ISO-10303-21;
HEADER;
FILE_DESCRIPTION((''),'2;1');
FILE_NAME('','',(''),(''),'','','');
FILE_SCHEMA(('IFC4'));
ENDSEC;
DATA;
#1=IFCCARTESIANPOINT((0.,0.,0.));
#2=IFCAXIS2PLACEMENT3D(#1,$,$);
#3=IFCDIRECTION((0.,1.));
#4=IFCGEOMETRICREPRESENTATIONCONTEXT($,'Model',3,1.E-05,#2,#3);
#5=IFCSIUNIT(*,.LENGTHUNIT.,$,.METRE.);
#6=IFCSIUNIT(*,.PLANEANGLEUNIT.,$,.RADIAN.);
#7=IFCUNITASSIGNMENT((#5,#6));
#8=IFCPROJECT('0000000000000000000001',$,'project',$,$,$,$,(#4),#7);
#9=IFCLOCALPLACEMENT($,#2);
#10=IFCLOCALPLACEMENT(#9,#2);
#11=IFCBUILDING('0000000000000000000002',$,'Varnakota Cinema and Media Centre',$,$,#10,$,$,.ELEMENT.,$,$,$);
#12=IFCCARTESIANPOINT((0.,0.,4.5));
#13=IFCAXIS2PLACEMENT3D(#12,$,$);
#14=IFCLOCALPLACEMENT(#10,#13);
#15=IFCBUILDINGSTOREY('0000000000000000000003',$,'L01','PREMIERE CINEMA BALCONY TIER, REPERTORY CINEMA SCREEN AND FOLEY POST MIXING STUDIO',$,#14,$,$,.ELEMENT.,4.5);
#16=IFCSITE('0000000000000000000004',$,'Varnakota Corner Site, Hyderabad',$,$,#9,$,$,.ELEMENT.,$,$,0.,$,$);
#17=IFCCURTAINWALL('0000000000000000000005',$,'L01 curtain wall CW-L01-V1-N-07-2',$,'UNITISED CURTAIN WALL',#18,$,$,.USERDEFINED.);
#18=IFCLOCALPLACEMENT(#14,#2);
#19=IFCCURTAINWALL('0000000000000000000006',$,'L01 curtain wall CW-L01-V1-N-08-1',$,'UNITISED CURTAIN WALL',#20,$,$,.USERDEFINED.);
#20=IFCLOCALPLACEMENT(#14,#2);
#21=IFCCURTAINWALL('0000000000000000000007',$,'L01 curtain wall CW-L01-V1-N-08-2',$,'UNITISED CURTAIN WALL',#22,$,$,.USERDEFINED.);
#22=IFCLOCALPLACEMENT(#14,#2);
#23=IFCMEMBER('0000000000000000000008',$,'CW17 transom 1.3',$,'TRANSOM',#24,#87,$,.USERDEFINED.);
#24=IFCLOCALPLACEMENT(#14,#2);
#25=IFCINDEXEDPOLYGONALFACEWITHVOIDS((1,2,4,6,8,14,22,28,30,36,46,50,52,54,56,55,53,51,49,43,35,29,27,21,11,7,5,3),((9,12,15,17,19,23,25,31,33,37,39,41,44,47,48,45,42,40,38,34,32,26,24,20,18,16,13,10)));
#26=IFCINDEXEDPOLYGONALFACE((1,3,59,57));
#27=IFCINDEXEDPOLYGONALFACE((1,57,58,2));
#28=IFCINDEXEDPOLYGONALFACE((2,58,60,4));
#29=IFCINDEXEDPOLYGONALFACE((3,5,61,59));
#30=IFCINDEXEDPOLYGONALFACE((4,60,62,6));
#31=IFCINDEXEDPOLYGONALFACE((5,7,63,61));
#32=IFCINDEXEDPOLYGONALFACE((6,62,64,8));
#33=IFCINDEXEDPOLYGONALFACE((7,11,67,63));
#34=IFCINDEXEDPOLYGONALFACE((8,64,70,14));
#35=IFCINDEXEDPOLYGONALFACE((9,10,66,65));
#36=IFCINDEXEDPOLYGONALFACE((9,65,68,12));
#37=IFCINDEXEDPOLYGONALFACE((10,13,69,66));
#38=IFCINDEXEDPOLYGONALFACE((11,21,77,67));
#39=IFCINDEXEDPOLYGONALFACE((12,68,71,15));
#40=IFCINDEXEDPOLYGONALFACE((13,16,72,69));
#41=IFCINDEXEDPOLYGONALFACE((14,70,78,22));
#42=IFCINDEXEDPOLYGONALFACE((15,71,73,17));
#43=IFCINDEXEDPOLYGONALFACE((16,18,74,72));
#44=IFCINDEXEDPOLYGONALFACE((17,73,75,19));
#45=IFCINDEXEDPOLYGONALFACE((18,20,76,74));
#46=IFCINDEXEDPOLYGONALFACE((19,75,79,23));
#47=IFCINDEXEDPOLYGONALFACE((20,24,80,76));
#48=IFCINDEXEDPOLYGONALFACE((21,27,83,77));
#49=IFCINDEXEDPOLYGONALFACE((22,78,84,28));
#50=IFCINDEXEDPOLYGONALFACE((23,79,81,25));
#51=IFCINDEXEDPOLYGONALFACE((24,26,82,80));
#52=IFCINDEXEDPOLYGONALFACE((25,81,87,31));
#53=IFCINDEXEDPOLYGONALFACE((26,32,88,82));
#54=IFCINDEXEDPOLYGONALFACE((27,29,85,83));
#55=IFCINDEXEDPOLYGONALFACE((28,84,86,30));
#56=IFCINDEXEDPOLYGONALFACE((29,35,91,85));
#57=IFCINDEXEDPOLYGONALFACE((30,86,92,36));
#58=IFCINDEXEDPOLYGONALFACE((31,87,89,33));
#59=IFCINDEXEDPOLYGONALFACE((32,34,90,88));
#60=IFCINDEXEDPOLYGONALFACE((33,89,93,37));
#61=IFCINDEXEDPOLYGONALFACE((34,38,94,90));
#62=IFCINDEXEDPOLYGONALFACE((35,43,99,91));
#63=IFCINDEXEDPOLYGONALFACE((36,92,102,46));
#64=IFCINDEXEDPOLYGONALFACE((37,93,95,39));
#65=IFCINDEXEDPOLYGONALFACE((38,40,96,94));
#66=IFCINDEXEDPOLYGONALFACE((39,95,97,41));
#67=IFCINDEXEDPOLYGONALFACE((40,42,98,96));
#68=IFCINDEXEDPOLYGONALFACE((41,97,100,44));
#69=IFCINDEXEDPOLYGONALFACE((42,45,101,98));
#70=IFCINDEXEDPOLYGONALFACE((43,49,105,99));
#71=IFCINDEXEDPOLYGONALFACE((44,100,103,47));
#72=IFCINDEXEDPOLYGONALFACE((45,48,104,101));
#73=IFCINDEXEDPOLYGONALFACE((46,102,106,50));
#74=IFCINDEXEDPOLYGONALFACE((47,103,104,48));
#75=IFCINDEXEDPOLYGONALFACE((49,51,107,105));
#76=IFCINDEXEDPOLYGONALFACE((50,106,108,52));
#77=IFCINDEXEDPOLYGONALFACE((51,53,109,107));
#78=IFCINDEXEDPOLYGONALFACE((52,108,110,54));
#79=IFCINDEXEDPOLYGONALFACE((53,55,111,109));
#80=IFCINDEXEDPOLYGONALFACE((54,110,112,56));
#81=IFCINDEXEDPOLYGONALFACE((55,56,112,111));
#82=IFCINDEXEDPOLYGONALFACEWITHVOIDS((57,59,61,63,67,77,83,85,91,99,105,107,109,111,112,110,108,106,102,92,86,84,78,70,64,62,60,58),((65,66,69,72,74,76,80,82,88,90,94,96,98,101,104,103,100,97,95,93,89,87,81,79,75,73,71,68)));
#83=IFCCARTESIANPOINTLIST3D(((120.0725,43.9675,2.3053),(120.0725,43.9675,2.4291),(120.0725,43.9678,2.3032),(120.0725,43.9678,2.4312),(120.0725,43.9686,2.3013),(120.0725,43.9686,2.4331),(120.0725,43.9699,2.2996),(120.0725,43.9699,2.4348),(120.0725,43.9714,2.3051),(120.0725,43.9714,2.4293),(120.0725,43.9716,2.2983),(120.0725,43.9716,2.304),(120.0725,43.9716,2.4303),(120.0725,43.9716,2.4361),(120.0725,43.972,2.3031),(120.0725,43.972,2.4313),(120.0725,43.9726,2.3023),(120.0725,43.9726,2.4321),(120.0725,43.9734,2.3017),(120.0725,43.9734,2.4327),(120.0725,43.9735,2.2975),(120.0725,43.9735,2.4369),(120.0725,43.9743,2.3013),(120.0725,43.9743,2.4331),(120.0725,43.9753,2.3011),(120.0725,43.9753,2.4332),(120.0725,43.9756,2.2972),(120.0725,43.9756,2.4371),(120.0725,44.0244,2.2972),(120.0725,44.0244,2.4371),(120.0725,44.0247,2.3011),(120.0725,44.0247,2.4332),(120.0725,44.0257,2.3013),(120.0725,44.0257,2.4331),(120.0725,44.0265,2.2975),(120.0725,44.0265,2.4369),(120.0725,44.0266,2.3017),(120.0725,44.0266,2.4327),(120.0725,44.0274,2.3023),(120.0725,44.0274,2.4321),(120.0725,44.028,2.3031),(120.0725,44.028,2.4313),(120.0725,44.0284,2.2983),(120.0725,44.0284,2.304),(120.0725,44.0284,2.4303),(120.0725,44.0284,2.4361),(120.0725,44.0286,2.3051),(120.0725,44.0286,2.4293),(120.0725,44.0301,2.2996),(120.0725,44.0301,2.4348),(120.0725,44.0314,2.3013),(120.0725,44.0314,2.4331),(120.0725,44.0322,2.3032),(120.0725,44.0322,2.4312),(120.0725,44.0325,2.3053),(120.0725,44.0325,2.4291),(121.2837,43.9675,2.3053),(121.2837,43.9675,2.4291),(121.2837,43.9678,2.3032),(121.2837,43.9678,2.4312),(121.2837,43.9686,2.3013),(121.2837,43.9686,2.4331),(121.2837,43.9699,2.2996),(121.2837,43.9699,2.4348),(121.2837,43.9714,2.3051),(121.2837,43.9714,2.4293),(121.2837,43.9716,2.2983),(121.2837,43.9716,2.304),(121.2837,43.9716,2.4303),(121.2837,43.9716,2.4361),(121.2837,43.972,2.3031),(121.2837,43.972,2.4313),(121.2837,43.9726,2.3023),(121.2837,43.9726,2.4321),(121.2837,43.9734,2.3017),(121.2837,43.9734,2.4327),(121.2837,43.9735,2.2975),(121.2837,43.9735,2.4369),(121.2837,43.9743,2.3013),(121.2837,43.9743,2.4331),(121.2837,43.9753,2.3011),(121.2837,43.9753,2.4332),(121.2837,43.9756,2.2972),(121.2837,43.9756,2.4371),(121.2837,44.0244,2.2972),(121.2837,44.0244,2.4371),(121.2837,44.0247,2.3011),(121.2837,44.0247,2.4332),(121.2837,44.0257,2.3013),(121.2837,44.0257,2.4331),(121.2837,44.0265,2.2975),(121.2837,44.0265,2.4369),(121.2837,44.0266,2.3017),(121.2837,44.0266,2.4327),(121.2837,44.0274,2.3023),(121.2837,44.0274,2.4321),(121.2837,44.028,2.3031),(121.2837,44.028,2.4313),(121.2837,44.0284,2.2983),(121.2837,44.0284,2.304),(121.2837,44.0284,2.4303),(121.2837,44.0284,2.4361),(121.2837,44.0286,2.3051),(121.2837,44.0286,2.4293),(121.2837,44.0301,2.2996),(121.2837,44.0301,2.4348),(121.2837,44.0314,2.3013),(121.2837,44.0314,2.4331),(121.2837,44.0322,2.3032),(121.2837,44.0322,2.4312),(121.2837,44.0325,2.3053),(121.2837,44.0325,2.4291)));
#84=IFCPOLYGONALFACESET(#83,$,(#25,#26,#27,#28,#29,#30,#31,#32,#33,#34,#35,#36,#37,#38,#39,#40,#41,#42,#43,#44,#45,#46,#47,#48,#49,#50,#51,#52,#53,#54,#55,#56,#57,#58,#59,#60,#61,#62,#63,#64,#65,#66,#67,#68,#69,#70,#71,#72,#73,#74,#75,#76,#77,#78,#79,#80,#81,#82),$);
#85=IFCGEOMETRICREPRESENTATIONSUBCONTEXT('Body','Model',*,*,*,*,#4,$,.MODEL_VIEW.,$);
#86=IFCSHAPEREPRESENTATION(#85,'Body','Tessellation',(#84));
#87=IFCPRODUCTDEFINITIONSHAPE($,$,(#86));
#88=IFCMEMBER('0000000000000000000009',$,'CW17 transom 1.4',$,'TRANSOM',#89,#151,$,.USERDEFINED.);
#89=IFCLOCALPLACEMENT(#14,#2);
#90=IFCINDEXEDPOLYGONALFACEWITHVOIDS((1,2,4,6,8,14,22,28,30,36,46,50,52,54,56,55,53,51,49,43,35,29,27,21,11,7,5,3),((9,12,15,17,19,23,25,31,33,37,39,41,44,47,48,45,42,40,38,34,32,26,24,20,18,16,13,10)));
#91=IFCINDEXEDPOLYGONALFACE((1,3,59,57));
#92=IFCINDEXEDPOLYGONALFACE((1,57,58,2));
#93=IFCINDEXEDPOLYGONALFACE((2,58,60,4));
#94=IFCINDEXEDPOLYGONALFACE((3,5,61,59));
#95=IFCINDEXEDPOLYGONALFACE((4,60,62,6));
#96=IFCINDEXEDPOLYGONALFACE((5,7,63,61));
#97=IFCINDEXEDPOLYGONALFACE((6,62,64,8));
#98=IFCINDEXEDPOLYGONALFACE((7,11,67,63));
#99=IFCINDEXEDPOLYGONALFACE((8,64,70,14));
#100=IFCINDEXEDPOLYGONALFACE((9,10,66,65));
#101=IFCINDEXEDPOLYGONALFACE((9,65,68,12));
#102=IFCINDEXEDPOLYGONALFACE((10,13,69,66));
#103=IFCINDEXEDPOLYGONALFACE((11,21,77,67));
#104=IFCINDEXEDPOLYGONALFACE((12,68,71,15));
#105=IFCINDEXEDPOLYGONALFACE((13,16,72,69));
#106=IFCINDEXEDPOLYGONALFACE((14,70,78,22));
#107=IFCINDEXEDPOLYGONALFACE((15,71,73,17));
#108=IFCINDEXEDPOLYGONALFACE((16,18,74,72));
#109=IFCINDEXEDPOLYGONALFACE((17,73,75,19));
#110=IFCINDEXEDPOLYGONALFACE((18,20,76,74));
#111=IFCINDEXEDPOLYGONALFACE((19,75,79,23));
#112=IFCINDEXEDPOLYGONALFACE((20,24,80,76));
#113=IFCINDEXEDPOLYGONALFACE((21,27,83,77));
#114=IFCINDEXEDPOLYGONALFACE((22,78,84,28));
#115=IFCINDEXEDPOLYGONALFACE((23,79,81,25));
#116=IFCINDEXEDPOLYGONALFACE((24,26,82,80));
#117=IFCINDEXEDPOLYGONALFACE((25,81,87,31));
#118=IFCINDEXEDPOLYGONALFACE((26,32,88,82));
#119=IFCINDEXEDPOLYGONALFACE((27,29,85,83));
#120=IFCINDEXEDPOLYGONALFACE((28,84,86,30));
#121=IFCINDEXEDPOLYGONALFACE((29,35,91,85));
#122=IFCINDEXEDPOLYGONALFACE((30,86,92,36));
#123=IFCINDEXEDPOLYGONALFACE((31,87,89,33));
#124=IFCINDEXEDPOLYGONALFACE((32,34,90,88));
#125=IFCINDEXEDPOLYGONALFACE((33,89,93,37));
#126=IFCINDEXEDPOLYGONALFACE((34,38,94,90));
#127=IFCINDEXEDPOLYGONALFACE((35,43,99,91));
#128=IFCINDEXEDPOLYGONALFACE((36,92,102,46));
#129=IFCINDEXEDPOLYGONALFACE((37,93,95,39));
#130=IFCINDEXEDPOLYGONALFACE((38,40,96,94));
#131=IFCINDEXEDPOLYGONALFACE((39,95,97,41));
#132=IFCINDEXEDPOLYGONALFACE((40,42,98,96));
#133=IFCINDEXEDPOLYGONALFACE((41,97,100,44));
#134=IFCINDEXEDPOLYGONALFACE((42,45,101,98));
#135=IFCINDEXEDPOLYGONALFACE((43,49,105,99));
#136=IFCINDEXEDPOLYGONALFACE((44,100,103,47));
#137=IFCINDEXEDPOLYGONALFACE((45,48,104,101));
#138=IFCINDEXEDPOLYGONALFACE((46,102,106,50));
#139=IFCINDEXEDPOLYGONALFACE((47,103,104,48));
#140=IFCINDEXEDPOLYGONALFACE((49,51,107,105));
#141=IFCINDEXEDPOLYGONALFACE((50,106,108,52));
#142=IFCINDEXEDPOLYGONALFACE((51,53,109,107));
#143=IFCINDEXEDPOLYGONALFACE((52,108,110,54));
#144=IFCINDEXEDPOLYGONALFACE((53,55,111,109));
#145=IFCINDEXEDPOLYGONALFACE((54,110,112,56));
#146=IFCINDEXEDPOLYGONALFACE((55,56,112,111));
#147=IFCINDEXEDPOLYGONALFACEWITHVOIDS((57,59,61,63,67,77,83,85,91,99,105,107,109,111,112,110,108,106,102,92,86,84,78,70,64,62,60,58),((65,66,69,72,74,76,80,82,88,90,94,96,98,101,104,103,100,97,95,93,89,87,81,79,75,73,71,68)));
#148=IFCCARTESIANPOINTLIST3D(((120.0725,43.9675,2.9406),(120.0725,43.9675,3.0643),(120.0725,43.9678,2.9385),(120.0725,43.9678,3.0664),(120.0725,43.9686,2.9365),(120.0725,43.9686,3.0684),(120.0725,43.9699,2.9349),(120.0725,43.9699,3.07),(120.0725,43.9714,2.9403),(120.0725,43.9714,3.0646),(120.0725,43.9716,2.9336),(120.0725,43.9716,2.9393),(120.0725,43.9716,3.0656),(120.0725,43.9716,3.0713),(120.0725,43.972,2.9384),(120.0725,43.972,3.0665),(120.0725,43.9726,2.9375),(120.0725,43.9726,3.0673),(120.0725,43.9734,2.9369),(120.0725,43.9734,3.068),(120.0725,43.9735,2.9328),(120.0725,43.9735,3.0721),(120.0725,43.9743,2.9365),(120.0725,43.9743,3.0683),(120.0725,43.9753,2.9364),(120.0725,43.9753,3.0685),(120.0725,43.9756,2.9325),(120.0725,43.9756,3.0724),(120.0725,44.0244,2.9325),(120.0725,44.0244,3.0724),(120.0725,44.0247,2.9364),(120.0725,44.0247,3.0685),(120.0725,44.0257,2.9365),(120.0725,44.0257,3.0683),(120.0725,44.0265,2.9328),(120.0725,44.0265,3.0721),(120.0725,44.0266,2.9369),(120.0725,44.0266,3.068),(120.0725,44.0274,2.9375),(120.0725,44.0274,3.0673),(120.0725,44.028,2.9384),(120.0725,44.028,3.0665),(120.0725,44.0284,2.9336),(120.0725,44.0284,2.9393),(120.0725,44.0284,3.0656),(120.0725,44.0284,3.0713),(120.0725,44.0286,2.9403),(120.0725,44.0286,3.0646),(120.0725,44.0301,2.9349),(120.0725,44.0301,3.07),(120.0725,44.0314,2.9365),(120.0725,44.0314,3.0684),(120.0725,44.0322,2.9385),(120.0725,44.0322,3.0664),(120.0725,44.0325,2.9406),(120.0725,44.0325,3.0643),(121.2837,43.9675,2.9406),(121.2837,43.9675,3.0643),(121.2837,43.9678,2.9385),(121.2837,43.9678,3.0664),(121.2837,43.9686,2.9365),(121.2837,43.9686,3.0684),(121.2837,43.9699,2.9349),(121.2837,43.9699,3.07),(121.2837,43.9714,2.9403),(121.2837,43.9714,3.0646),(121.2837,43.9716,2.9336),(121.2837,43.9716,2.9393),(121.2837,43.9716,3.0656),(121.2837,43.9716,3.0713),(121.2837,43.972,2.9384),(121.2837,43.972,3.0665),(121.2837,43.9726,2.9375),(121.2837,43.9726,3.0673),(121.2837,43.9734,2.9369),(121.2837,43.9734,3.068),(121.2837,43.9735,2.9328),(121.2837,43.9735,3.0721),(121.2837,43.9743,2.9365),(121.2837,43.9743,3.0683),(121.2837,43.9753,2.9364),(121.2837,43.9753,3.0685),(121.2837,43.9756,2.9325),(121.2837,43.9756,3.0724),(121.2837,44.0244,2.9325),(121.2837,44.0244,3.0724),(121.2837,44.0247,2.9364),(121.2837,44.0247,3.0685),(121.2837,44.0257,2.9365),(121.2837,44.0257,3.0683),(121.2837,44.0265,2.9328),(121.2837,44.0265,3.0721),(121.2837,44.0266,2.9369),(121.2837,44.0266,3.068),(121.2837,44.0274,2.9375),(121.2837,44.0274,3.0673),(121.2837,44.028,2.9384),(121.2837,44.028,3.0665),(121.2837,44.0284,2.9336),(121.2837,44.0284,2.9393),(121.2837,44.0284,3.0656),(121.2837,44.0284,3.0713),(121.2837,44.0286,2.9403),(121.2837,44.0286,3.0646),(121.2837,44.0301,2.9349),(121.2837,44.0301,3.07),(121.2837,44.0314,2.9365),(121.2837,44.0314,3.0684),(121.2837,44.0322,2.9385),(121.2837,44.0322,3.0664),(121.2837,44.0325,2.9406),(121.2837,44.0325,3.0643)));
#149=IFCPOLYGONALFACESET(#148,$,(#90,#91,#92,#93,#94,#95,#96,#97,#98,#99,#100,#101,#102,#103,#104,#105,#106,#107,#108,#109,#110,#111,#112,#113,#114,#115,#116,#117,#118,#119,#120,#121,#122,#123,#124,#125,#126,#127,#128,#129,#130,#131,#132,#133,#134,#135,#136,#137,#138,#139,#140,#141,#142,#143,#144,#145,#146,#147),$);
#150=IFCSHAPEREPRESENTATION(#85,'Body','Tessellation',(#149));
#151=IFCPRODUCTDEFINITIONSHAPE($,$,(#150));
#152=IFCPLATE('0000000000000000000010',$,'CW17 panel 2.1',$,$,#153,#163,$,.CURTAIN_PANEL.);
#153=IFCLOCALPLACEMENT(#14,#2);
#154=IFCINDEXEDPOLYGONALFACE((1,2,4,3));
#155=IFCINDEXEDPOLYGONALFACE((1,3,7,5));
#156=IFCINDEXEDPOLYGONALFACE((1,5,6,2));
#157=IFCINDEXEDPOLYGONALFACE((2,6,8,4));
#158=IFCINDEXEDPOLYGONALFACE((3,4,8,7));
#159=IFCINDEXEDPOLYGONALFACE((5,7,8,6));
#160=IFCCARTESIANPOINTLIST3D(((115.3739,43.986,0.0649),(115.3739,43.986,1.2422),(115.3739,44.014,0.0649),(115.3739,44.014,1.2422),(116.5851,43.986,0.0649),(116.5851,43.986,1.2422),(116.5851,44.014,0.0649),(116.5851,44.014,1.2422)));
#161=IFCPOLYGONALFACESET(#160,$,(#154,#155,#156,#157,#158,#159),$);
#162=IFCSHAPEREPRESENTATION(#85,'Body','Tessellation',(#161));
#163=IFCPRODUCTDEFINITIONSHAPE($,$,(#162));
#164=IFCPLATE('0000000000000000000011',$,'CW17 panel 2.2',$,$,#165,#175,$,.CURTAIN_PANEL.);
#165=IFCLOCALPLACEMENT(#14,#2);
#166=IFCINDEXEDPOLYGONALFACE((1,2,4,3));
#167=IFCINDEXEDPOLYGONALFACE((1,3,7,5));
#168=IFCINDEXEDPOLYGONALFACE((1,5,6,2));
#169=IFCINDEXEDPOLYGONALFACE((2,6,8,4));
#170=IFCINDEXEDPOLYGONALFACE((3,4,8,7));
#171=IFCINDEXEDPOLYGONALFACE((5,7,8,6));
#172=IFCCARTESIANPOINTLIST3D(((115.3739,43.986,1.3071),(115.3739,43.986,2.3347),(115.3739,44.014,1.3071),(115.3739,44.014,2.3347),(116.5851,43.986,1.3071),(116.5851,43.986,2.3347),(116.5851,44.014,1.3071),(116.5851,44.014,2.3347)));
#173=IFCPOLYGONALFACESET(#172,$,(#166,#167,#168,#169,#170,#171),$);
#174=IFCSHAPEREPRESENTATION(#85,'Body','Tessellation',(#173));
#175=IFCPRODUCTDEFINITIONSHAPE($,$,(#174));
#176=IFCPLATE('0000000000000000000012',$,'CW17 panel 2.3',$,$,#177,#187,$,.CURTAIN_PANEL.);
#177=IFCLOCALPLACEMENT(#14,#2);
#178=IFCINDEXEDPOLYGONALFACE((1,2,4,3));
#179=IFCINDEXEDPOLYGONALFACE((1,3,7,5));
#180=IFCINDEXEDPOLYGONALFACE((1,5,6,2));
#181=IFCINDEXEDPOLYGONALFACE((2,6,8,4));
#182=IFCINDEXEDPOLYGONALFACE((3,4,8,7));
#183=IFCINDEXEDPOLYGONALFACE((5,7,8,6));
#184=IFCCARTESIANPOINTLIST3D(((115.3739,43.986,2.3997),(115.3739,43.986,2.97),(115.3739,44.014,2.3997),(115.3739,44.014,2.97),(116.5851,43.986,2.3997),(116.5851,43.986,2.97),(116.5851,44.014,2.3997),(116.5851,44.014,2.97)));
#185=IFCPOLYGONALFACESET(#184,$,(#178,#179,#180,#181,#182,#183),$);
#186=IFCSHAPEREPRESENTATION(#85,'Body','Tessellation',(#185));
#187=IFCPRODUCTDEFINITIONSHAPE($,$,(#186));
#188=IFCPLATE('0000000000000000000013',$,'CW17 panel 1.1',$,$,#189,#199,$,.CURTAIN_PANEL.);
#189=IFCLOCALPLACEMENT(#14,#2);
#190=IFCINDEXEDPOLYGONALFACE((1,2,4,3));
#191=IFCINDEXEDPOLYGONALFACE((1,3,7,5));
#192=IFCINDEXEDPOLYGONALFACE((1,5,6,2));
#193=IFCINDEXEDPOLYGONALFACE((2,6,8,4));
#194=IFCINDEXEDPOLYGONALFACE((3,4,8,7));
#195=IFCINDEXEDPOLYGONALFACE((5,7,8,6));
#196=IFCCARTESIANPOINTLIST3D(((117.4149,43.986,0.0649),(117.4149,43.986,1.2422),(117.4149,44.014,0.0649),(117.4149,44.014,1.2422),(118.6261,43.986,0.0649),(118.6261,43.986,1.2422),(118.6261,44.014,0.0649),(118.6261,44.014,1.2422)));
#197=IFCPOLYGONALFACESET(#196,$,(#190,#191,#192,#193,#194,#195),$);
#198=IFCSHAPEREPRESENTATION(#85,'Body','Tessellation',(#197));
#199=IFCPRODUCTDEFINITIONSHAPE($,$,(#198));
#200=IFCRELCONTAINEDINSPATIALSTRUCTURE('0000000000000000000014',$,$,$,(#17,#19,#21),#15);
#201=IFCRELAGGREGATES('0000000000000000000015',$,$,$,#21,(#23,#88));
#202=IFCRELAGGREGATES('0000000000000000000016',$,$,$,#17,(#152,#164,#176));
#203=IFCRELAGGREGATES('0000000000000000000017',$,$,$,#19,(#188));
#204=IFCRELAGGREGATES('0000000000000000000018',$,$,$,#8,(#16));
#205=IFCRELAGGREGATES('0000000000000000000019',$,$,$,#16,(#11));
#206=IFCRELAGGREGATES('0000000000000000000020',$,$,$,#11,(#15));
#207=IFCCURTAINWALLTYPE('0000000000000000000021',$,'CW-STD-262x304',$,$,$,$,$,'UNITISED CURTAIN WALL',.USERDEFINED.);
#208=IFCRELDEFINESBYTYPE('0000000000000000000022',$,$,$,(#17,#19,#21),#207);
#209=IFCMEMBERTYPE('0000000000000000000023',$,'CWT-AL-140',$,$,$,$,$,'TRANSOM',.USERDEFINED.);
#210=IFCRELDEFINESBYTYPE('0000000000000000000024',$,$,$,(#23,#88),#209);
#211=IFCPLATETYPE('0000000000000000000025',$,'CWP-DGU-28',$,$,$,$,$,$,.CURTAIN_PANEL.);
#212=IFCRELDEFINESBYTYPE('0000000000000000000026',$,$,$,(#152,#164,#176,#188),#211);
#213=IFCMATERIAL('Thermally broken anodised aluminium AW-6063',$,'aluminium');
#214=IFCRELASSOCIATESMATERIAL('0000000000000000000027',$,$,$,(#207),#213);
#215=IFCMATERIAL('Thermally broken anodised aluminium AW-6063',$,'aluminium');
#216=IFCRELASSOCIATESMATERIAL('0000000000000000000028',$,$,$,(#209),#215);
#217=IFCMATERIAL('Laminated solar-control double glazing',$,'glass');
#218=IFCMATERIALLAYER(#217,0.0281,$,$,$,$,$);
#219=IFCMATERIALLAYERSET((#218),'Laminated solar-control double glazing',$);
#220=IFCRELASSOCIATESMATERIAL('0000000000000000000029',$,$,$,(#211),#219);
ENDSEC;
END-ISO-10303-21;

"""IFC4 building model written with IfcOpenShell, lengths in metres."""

from ifc_helpers import new_model, si_unit, direction, frame, origin, origin_2d, place, context, subcontext, project, spatial, rectangle, hollow_rectangle, extrude, material, layer, layer_set, material_profile, profile_set, type_object, element, aggregate, save


model = new_model("IFC4")

# Units and contexts
model_context = context("Model", 3, precision=1e-05, world=origin(), true_north=direction((0.0, 1.0)))
body_context = subcontext(model_context, "Body", "Model", "MODEL_VIEW")
ifc_project = project(units=[si_unit("LENGTHUNIT", "METRE"), si_unit("PLANEANGLEUNIT", "RADIAN")], contexts=[model_context])

# Site, building, storey
site_placement = place(None, origin())
site = spatial("IfcSite", under=ifc_project, at=site_placement, Name="Varnakota Corner Site, Hyderabad", CompositionType="ELEMENT", RefElevation=0.0)
building_placement = place(site_placement, origin())
building = spatial("IfcBuilding", under=site, at=building_placement, Name="Varnakota Cinema and Media Centre", CompositionType="ELEMENT")
storey_placement = place(building_placement, frame((0.0, 0.0, 4.5)))
storey = spatial("IfcBuildingStorey", under=building, at=storey_placement, Name="L01", Description="PREMIERE CINEMA BALCONY TIER, REPERTORY CINEMA SCREEN AND FOLEY POST MIXING STUDIO", CompositionType="ELEMENT", Elevation=4.5)

# Curtain wall
ifc_material_1 = material(Name="Thermally broken anodised aluminium AW-6063", Category="aluminium")
curtain_wall_type = type_object("IfcCurtainWallType", Name="CW-STD-262x304", ElementType="UNITISED CURTAIN WALL", PredefinedType="USERDEFINED", material=ifc_material_1)
curtain_wall_1_placement = place(storey_placement, origin())
curtain_wall_1 = element("IfcCurtainWall", 1, at=curtain_wall_1_placement, inside=storey, type_object=curtain_wall_type, Name="L01 curtain wall CW-L01-V1-N-07-2", ObjectType="UNITISED CURTAIN WALL", PredefinedType="USERDEFINED")

# Curtain wall
curtain_wall_2_placement = place(storey_placement, origin())
curtain_wall_2 = element("IfcCurtainWall", 2, at=curtain_wall_2_placement, inside=storey, type_object=curtain_wall_type, Name="L01 curtain wall CW-L01-V1-N-08-1", ObjectType="UNITISED CURTAIN WALL", PredefinedType="USERDEFINED")

# Curtain wall
curtain_wall_3_placement = place(storey_placement, origin())
curtain_wall_3 = element("IfcCurtainWall", 3, at=curtain_wall_3_placement, inside=storey, type_object=curtain_wall_type, Name="L01 curtain wall CW-L01-V1-N-08-2", ObjectType="UNITISED CURTAIN WALL", PredefinedType="USERDEFINED")

# Members
ifc_material_2 = material(Name="Thermally broken anodised aluminium AW-6063", Category="aluminium")
ifc_material_profile_1 = material_profile(ifc_material_2, hollow_rectangle(XDim=0.0649, YDim=0.1399, WallThickness=0.0039, InnerFilletRadius=0.0039, OuterFilletRadius=0.0081, at=origin_2d()), Name="AL-TRANSOM 140x65x4")
ifc_profile_set_1 = profile_set([ifc_material_profile_1], Name="Thermally broken anodised aluminium AW-6063")
member_type_1 = type_object("IfcMemberType", Name="CWT-AL-140", ElementType="TRANSOM", PredefinedType="USERDEFINED", material=ifc_profile_set_1)
member_1_placement = place(storey_placement, frame((120.0725, 44.0, 2.3672), z_axis=(1.0, 0.0, 0.0), x_axis=(0.0, 1.0, 0.0)))
member_1 = element("IfcMember", 4, at=member_1_placement, type_object=member_type_1, Name="CW17 transom 1.3", ObjectType="TRANSOM", PredefinedType="USERDEFINED", context=body_context, shape_type="SweptSolid", body=[
    extrude(hollow_rectangle(XDim=0.0649, YDim=0.1399, WallThickness=0.0039, InnerFilletRadius=0.0039, OuterFilletRadius=0.0081, at=origin_2d()), origin(), (0.0, 0.0, 1.0), 1.2112),
])
member_2_placement = place(storey_placement, frame((120.0725, 44.0, 3.0024), z_axis=(1.0, 0.0, 0.0), x_axis=(0.0, 1.0, 0.0)))
member_2 = element("IfcMember", 5, at=member_2_placement, type_object=member_type_1, Name="CW17 transom 1.4", ObjectType="TRANSOM", PredefinedType="USERDEFINED", context=body_context, shape_type="SweptSolid", body=[
    extrude(hollow_rectangle(XDim=0.0649, YDim=0.1399, WallThickness=0.0039, InnerFilletRadius=0.0039, OuterFilletRadius=0.0081, at=origin_2d()), origin(), (0.0, 0.0, 1.0), 1.2112),
])
aggregate(curtain_wall_3, [member_1, member_2])

# Plates
ifc_material_3 = material(Name="Laminated solar-control double glazing", Category="glass")
ifc_layer = layer(ifc_material_3, 0.0281)
ifc_layer_set = layer_set([ifc_layer], Name="Laminated solar-control double glazing")
plate_type = type_object("IfcPlateType", Name="CWP-DGU-28", PredefinedType="CURTAIN_PANEL", material=ifc_layer_set)
plate_1_placement = place(storey_placement, frame((115.9795, 44.0, 0.0649), z_axis=(0.0, 0.0, 1.0), x_axis=(1.0, 0.0, 0.0)))
plate_1 = element("IfcPlate", 6, at=plate_1_placement, type_object=plate_type, Name="CW17 panel 2.1", PredefinedType="CURTAIN_PANEL", context=body_context, shape_type="SweptSolid", body=[
    extrude(rectangle(XDim=1.2112, YDim=0.0281, at=origin_2d()), origin(), (0.0, 0.0, 1.0), 1.1772),
])
plate_2_placement = place(storey_placement, frame((115.9795, 44.0, 1.3071), z_axis=(0.0, 0.0, 1.0), x_axis=(1.0, 0.0, 0.0)))
plate_2 = element("IfcPlate", 7, at=plate_2_placement, type_object=plate_type, Name="CW17 panel 2.2", PredefinedType="CURTAIN_PANEL", context=body_context, shape_type="SweptSolid", body=[
    extrude(rectangle(XDim=1.2112, YDim=0.0281, at=origin_2d()), origin(), (0.0, 0.0, 1.0), 1.0276),
])
plate_3_placement = place(storey_placement, frame((115.9795, 44.0, 2.3997), z_axis=(0.0, 0.0, 1.0), x_axis=(1.0, 0.0, 0.0)))
plate_3 = element("IfcPlate", 8, at=plate_3_placement, type_object=plate_type, Name="CW17 panel 2.3", PredefinedType="CURTAIN_PANEL", context=body_context, shape_type="SweptSolid", body=[
    extrude(rectangle(XDim=1.2112, YDim=0.0281, at=origin_2d()), origin(), (0.0, 0.0, 1.0), 0.5703),
])
aggregate(curtain_wall_1, [plate_1, plate_2, plate_3])
plate_4_placement = place(storey_placement, frame((118.0205, 44.0, 0.0649), z_axis=(0.0, 0.0, 1.0), x_axis=(1.0, 0.0, 0.0)))
plate_4 = element("IfcPlate", 9, at=plate_4_placement, type_object=plate_type, Name="CW17 panel 1.1", PredefinedType="CURTAIN_PANEL", context=body_context, shape_type="SweptSolid", body=[
    extrude(rectangle(XDim=1.2112, YDim=0.0281, at=origin_2d()), origin(), (0.0, 0.0, 1.0), 1.1772),
])
aggregate(curtain_wall_2, [plate_4])

save(model, "model.ifc")
